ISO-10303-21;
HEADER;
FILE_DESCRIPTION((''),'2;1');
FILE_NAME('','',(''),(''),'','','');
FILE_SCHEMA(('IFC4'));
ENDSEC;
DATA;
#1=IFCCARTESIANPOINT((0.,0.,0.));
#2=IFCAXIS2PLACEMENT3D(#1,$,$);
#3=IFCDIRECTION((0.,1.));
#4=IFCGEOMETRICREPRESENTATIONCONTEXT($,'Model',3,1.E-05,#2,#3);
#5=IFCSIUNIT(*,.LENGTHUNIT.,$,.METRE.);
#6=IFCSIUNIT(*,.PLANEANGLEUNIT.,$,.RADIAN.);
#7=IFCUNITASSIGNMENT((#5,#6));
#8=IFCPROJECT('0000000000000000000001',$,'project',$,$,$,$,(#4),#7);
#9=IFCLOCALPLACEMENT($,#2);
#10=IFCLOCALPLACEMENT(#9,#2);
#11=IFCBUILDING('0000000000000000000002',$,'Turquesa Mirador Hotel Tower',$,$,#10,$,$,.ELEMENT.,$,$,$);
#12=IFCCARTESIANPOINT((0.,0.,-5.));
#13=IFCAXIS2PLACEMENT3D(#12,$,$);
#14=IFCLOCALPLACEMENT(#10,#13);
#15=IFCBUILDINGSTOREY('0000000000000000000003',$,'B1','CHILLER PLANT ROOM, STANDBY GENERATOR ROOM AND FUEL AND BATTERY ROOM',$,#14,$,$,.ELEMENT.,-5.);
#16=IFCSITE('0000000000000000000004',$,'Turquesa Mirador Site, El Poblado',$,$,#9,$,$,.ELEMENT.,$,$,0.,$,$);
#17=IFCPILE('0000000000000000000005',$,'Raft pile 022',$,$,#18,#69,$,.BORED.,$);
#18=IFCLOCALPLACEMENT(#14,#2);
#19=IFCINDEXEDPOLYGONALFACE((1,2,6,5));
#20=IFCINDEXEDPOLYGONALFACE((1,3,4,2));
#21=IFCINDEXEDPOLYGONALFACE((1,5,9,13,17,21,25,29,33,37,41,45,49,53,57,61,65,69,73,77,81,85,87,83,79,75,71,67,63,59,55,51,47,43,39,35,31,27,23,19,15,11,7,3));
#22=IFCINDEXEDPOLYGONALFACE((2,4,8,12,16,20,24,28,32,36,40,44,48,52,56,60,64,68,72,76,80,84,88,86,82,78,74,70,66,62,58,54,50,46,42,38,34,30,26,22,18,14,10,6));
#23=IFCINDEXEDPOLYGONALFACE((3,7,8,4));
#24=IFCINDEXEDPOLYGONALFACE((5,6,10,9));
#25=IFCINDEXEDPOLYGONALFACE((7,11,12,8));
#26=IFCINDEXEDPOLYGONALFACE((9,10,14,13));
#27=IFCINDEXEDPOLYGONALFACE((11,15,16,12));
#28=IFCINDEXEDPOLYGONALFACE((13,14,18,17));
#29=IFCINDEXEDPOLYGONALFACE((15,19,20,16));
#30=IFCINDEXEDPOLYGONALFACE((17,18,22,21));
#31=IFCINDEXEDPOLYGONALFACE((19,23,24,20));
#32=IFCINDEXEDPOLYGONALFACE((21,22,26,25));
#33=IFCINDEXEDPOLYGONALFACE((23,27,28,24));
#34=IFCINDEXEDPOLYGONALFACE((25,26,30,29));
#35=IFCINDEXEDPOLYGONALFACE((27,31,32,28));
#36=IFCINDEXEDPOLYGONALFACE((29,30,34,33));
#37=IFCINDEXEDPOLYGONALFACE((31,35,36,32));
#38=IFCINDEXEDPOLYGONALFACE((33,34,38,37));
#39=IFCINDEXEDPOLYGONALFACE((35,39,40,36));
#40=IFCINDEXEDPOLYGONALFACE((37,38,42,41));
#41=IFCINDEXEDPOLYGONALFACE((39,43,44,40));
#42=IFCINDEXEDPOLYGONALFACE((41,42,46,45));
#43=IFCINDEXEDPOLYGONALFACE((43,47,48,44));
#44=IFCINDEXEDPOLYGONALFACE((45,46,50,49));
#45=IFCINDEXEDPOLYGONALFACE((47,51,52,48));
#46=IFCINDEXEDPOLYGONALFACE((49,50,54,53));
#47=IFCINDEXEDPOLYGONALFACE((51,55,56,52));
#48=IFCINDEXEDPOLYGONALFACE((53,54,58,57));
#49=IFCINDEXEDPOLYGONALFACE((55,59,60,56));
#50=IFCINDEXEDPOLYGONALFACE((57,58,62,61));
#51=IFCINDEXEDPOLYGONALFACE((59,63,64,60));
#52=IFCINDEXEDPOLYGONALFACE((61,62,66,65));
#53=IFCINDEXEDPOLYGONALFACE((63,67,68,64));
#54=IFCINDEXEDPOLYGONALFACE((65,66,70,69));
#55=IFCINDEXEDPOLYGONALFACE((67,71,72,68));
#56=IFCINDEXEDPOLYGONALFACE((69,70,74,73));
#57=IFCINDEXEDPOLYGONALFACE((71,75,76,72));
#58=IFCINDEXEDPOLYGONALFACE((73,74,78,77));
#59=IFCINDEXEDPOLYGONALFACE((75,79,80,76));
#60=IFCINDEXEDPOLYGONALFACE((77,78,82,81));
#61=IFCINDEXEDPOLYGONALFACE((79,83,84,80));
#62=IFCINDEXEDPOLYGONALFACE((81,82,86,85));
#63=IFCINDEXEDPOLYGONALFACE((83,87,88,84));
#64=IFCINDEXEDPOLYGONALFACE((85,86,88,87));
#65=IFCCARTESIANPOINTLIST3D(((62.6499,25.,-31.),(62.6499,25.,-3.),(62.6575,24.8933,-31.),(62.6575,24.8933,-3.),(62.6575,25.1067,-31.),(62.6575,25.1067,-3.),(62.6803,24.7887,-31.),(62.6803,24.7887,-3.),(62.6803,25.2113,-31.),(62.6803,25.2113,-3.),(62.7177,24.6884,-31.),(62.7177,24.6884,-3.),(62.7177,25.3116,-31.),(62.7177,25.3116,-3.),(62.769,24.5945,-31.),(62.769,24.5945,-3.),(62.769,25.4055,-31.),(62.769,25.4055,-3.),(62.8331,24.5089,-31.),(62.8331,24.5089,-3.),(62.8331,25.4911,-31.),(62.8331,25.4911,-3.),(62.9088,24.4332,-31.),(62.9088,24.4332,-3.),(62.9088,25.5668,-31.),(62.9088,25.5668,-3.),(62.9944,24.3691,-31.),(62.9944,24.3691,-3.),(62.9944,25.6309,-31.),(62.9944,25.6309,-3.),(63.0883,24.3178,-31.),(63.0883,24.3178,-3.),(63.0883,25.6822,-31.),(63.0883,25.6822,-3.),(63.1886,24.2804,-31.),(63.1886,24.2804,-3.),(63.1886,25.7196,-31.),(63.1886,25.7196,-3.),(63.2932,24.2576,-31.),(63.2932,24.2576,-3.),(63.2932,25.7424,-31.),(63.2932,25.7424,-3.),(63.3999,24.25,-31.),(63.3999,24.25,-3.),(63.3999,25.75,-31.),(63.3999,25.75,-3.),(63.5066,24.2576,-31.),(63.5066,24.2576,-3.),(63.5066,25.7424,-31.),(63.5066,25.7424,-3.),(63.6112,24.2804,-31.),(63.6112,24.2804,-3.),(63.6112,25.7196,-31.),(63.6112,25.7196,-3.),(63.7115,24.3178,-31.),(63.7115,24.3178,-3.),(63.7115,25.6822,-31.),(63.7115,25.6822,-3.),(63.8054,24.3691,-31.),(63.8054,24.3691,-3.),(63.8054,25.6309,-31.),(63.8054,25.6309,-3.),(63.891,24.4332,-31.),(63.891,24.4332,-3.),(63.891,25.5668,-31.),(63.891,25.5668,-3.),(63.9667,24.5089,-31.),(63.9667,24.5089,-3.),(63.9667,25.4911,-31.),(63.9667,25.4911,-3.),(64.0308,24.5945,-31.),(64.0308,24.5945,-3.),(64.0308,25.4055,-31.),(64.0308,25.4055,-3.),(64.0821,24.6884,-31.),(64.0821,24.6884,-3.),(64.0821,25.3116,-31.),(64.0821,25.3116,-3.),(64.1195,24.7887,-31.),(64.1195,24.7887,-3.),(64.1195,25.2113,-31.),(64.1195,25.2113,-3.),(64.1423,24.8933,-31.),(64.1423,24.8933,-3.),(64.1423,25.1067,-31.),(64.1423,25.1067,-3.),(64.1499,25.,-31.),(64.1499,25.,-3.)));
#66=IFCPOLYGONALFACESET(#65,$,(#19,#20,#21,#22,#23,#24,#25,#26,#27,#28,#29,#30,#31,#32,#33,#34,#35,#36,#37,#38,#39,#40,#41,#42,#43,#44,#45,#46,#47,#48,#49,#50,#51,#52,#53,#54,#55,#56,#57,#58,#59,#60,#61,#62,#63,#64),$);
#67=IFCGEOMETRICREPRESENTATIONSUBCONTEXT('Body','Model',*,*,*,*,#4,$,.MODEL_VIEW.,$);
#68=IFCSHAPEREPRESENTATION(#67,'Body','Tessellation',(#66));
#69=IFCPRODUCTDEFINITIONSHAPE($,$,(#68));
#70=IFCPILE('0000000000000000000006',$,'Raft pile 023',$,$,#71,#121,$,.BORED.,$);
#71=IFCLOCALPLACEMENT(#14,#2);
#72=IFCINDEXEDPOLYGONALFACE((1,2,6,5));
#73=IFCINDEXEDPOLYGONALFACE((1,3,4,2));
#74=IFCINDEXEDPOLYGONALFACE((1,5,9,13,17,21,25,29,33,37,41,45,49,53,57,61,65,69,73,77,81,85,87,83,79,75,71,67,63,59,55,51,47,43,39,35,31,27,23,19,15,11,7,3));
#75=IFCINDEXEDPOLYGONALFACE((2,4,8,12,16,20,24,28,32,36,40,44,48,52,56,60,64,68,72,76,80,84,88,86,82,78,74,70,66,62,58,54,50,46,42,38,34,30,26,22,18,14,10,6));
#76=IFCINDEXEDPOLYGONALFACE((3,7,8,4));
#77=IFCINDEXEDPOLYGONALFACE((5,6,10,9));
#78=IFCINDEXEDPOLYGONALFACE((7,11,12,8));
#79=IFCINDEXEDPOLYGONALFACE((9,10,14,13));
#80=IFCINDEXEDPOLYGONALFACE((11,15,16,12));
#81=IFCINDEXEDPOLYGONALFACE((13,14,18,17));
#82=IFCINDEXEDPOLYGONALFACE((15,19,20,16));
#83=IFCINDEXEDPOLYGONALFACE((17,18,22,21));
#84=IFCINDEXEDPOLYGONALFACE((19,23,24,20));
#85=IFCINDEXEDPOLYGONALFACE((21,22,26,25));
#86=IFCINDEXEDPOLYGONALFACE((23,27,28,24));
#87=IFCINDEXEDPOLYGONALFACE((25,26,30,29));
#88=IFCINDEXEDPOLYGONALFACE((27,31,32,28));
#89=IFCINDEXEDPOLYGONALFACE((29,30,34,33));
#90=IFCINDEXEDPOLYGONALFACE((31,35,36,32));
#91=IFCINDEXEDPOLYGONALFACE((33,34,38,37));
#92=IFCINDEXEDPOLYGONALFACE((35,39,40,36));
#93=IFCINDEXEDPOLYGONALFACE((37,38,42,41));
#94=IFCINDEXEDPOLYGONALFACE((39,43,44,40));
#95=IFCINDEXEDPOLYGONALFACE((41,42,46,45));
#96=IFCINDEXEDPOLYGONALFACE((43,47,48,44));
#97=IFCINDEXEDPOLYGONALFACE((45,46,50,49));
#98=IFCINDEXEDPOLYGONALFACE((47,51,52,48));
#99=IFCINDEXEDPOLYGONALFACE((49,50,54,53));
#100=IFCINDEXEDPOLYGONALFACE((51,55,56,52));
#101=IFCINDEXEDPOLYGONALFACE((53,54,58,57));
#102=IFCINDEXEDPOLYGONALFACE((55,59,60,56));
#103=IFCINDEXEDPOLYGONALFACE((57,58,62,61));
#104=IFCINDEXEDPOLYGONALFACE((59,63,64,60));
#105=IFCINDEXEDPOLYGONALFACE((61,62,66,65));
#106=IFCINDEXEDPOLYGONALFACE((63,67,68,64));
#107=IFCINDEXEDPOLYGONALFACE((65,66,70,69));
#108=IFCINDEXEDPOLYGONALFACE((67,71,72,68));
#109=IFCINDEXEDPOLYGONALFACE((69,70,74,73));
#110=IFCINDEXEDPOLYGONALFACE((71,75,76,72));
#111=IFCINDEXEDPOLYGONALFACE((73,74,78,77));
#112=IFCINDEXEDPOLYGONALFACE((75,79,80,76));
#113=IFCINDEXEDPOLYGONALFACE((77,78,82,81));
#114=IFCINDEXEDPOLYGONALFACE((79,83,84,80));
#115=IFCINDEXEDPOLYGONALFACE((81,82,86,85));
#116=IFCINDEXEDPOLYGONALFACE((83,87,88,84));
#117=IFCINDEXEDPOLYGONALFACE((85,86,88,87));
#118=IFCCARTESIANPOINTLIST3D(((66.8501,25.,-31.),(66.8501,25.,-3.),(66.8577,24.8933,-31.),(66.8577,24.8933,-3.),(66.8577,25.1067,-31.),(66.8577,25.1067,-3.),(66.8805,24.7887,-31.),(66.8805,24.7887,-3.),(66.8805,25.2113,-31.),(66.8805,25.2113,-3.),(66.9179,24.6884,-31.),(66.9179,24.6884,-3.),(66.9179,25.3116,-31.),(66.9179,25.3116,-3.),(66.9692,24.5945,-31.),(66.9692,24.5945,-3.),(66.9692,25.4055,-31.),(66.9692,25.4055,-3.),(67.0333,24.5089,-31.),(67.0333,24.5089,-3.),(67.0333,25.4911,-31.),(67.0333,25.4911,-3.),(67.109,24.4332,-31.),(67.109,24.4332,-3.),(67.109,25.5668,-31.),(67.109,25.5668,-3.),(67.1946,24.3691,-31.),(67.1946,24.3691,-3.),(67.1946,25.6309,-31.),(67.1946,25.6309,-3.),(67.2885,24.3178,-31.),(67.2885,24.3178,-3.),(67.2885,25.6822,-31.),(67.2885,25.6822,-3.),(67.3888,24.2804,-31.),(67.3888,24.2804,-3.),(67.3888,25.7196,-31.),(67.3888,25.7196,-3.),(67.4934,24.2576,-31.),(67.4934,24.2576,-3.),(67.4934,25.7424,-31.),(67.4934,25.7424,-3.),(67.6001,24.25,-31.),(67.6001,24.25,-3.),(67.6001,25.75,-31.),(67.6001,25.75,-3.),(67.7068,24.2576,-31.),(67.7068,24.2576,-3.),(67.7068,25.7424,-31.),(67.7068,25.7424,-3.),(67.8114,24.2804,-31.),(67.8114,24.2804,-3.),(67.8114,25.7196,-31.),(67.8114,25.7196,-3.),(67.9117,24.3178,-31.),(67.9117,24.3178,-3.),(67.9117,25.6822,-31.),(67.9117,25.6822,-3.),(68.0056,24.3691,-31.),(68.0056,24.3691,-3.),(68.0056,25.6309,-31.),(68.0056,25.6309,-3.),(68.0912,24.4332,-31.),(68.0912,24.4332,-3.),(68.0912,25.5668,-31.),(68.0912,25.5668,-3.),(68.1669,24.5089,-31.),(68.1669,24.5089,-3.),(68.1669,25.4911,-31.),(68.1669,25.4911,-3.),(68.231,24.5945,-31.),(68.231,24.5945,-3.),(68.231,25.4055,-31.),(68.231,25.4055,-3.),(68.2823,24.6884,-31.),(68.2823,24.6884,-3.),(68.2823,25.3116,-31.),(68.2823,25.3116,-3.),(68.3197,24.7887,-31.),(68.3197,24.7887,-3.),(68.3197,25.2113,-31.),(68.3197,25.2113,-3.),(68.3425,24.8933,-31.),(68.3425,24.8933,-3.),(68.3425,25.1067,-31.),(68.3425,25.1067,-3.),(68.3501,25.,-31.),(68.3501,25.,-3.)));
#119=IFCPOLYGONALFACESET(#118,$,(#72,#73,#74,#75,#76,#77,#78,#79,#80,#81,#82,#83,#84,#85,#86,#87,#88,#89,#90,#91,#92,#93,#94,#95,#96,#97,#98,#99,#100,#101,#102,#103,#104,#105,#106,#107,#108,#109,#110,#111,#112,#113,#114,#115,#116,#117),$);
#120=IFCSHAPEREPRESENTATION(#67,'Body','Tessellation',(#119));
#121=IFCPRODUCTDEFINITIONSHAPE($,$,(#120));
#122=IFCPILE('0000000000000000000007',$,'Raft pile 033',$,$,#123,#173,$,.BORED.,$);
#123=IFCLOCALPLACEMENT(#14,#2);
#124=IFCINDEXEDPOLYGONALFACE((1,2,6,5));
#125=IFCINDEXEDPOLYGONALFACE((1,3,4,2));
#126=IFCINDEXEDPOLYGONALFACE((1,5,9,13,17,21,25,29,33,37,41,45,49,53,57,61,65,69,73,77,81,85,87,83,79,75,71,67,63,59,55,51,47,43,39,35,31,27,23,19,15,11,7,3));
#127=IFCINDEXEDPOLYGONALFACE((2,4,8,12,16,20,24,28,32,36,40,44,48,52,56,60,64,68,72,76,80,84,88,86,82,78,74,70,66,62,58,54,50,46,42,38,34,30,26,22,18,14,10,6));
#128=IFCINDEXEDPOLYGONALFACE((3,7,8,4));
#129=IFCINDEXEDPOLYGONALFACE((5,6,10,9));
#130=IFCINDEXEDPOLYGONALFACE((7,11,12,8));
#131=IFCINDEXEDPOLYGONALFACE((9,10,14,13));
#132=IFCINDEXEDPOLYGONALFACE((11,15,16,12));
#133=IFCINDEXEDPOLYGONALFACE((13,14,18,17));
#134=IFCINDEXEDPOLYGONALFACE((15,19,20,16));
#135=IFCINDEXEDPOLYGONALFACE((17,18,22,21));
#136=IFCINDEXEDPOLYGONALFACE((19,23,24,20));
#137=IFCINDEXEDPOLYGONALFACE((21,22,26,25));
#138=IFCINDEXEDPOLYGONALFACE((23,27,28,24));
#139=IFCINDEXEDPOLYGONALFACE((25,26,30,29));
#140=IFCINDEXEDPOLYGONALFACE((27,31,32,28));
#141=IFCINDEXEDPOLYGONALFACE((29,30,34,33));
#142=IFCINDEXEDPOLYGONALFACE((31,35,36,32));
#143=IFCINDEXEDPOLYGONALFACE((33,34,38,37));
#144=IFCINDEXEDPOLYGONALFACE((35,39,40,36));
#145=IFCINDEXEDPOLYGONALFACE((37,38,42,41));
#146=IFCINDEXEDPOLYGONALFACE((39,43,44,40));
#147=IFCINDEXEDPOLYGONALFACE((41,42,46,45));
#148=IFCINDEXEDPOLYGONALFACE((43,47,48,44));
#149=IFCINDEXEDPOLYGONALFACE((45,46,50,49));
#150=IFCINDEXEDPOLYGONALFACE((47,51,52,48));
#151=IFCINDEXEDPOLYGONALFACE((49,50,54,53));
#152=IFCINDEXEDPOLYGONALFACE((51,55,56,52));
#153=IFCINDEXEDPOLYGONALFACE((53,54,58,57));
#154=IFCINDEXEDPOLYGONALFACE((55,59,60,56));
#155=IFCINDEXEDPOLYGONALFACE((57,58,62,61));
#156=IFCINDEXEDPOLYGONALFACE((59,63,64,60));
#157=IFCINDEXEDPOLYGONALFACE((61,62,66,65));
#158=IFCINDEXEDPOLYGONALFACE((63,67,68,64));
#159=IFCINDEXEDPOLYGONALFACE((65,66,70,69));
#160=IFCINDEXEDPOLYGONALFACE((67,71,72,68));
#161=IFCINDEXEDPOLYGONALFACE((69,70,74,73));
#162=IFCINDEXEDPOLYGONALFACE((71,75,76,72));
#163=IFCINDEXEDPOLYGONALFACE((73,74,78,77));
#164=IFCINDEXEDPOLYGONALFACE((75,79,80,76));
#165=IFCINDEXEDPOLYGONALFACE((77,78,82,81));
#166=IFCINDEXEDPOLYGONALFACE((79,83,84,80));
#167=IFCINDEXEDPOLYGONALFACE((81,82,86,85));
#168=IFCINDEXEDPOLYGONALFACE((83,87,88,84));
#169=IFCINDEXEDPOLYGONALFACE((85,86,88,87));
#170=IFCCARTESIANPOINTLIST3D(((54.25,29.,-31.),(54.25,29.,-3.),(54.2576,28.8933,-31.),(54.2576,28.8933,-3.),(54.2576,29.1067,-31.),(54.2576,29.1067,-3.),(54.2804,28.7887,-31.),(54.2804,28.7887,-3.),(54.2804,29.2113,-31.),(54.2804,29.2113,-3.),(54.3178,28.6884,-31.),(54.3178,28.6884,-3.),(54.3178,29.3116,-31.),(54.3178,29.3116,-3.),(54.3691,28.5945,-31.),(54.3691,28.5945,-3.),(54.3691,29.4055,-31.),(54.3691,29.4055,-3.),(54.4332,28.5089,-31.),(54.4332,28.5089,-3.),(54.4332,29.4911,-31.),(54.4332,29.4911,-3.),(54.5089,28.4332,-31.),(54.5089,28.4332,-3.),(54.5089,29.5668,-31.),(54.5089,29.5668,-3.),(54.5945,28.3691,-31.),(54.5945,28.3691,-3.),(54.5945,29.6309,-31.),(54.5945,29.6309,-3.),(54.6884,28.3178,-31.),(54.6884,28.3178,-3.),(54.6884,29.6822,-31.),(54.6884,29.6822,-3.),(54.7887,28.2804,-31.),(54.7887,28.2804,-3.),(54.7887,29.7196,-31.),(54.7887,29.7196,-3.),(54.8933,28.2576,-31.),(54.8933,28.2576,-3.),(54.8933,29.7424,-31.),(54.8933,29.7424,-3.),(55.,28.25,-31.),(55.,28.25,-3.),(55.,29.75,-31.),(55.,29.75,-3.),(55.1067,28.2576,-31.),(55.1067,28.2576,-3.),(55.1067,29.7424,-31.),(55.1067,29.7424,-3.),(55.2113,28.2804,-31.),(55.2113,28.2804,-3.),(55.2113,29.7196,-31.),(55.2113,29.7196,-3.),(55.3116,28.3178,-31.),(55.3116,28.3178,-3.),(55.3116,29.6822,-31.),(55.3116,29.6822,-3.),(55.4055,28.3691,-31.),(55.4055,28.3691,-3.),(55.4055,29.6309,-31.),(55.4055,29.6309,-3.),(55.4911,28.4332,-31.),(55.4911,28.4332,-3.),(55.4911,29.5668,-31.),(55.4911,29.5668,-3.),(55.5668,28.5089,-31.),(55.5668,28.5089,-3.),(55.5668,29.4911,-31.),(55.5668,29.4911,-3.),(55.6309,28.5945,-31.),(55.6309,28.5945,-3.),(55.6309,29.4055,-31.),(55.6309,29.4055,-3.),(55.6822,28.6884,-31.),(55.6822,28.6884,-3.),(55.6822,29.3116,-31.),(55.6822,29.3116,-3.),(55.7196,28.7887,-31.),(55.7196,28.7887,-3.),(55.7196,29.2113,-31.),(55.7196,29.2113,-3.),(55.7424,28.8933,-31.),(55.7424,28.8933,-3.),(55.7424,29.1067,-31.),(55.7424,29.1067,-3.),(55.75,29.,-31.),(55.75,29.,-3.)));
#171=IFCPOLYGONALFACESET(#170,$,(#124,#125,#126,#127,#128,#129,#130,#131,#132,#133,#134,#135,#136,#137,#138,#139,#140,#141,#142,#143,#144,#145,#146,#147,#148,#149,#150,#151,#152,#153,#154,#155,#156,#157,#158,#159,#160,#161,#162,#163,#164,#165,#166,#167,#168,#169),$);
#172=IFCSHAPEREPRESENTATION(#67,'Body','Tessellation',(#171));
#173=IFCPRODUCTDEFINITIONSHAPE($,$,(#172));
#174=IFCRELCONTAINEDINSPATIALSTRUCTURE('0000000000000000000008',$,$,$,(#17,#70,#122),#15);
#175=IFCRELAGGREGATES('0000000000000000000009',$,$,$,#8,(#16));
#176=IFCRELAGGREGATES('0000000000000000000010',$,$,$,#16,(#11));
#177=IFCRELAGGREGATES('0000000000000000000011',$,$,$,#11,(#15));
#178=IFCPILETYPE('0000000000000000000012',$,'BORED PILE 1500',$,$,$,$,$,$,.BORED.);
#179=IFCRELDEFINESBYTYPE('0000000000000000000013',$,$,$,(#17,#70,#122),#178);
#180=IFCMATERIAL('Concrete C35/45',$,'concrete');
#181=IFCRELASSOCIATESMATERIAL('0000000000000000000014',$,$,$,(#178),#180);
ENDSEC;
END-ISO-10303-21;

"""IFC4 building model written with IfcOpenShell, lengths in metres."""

from ifc_helpers import new_model, si_unit, direction, frame, origin, origin_2d, place, context, subcontext, project, spatial, circle, extrude, material, type_object, element, save


model = new_model("IFC4")

# Units and contexts
model_context = context("Model", 3, precision=1e-05, world=origin(), true_north=direction((0.0, 1.0)))
body_context = subcontext(model_context, "Body", "Model", "MODEL_VIEW")
ifc_project = project(units=[si_unit("LENGTHUNIT", "METRE"), si_unit("PLANEANGLEUNIT", "RADIAN")], contexts=[model_context])

# Site, building, storey
site_placement = place(None, origin())
site = spatial("IfcSite", under=ifc_project, at=site_placement, Name="Turquesa Mirador Site, El Poblado", CompositionType="ELEMENT", RefElevation=0.0)
building_placement = place(site_placement, origin())
building = spatial("IfcBuilding", under=site, at=building_placement, Name="Turquesa Mirador Hotel Tower", CompositionType="ELEMENT")
storey_placement = place(building_placement, frame((0.0, 0.0, -5.0)))
storey = spatial("IfcBuildingStorey", under=building, at=storey_placement, Name="B1", Description="CHILLER PLANT ROOM, STANDBY GENERATOR ROOM AND FUEL AND BATTERY ROOM", CompositionType="ELEMENT", Elevation=-5.0)

# Piles
ifc_material_1 = material(Name="Concrete C35/45", Category="concrete")
pile_type = type_object("IfcPileType", Name="BORED PILE 1500", PredefinedType="BORED", material=ifc_material_1)
for number, where, z_axis, x_axis, name in (
    (1, (63.3999, 25.0, -3.0), (0.0, 0.0, -1.0), (1.0, 0.0, 0.0), "Raft pile 022"),
    (2, (67.6001, 25.0, -3.0), (0.0, 0.0, -1.0), (1.0, 0.0, 0.0), "Raft pile 023"),
    (3, (55.0, 29.0, -3.0), (0.0, 0.0, -1.0), (1.0, 0.0, 0.0), "Raft pile 033"),
):
    element("IfcPile", number, at=place(storey_placement, frame(where, z_axis=z_axis, x_axis=x_axis)), inside=storey, type_object=pile_type, Name=name, PredefinedType="BORED", context=body_context, shape_type="SweptSolid", body=[
        extrude(circle(Radius=0.75, at=origin_2d()), origin(), (0.0, 0.0, 1.0), 28.0),
    ])

save(model, "model.ifc")
